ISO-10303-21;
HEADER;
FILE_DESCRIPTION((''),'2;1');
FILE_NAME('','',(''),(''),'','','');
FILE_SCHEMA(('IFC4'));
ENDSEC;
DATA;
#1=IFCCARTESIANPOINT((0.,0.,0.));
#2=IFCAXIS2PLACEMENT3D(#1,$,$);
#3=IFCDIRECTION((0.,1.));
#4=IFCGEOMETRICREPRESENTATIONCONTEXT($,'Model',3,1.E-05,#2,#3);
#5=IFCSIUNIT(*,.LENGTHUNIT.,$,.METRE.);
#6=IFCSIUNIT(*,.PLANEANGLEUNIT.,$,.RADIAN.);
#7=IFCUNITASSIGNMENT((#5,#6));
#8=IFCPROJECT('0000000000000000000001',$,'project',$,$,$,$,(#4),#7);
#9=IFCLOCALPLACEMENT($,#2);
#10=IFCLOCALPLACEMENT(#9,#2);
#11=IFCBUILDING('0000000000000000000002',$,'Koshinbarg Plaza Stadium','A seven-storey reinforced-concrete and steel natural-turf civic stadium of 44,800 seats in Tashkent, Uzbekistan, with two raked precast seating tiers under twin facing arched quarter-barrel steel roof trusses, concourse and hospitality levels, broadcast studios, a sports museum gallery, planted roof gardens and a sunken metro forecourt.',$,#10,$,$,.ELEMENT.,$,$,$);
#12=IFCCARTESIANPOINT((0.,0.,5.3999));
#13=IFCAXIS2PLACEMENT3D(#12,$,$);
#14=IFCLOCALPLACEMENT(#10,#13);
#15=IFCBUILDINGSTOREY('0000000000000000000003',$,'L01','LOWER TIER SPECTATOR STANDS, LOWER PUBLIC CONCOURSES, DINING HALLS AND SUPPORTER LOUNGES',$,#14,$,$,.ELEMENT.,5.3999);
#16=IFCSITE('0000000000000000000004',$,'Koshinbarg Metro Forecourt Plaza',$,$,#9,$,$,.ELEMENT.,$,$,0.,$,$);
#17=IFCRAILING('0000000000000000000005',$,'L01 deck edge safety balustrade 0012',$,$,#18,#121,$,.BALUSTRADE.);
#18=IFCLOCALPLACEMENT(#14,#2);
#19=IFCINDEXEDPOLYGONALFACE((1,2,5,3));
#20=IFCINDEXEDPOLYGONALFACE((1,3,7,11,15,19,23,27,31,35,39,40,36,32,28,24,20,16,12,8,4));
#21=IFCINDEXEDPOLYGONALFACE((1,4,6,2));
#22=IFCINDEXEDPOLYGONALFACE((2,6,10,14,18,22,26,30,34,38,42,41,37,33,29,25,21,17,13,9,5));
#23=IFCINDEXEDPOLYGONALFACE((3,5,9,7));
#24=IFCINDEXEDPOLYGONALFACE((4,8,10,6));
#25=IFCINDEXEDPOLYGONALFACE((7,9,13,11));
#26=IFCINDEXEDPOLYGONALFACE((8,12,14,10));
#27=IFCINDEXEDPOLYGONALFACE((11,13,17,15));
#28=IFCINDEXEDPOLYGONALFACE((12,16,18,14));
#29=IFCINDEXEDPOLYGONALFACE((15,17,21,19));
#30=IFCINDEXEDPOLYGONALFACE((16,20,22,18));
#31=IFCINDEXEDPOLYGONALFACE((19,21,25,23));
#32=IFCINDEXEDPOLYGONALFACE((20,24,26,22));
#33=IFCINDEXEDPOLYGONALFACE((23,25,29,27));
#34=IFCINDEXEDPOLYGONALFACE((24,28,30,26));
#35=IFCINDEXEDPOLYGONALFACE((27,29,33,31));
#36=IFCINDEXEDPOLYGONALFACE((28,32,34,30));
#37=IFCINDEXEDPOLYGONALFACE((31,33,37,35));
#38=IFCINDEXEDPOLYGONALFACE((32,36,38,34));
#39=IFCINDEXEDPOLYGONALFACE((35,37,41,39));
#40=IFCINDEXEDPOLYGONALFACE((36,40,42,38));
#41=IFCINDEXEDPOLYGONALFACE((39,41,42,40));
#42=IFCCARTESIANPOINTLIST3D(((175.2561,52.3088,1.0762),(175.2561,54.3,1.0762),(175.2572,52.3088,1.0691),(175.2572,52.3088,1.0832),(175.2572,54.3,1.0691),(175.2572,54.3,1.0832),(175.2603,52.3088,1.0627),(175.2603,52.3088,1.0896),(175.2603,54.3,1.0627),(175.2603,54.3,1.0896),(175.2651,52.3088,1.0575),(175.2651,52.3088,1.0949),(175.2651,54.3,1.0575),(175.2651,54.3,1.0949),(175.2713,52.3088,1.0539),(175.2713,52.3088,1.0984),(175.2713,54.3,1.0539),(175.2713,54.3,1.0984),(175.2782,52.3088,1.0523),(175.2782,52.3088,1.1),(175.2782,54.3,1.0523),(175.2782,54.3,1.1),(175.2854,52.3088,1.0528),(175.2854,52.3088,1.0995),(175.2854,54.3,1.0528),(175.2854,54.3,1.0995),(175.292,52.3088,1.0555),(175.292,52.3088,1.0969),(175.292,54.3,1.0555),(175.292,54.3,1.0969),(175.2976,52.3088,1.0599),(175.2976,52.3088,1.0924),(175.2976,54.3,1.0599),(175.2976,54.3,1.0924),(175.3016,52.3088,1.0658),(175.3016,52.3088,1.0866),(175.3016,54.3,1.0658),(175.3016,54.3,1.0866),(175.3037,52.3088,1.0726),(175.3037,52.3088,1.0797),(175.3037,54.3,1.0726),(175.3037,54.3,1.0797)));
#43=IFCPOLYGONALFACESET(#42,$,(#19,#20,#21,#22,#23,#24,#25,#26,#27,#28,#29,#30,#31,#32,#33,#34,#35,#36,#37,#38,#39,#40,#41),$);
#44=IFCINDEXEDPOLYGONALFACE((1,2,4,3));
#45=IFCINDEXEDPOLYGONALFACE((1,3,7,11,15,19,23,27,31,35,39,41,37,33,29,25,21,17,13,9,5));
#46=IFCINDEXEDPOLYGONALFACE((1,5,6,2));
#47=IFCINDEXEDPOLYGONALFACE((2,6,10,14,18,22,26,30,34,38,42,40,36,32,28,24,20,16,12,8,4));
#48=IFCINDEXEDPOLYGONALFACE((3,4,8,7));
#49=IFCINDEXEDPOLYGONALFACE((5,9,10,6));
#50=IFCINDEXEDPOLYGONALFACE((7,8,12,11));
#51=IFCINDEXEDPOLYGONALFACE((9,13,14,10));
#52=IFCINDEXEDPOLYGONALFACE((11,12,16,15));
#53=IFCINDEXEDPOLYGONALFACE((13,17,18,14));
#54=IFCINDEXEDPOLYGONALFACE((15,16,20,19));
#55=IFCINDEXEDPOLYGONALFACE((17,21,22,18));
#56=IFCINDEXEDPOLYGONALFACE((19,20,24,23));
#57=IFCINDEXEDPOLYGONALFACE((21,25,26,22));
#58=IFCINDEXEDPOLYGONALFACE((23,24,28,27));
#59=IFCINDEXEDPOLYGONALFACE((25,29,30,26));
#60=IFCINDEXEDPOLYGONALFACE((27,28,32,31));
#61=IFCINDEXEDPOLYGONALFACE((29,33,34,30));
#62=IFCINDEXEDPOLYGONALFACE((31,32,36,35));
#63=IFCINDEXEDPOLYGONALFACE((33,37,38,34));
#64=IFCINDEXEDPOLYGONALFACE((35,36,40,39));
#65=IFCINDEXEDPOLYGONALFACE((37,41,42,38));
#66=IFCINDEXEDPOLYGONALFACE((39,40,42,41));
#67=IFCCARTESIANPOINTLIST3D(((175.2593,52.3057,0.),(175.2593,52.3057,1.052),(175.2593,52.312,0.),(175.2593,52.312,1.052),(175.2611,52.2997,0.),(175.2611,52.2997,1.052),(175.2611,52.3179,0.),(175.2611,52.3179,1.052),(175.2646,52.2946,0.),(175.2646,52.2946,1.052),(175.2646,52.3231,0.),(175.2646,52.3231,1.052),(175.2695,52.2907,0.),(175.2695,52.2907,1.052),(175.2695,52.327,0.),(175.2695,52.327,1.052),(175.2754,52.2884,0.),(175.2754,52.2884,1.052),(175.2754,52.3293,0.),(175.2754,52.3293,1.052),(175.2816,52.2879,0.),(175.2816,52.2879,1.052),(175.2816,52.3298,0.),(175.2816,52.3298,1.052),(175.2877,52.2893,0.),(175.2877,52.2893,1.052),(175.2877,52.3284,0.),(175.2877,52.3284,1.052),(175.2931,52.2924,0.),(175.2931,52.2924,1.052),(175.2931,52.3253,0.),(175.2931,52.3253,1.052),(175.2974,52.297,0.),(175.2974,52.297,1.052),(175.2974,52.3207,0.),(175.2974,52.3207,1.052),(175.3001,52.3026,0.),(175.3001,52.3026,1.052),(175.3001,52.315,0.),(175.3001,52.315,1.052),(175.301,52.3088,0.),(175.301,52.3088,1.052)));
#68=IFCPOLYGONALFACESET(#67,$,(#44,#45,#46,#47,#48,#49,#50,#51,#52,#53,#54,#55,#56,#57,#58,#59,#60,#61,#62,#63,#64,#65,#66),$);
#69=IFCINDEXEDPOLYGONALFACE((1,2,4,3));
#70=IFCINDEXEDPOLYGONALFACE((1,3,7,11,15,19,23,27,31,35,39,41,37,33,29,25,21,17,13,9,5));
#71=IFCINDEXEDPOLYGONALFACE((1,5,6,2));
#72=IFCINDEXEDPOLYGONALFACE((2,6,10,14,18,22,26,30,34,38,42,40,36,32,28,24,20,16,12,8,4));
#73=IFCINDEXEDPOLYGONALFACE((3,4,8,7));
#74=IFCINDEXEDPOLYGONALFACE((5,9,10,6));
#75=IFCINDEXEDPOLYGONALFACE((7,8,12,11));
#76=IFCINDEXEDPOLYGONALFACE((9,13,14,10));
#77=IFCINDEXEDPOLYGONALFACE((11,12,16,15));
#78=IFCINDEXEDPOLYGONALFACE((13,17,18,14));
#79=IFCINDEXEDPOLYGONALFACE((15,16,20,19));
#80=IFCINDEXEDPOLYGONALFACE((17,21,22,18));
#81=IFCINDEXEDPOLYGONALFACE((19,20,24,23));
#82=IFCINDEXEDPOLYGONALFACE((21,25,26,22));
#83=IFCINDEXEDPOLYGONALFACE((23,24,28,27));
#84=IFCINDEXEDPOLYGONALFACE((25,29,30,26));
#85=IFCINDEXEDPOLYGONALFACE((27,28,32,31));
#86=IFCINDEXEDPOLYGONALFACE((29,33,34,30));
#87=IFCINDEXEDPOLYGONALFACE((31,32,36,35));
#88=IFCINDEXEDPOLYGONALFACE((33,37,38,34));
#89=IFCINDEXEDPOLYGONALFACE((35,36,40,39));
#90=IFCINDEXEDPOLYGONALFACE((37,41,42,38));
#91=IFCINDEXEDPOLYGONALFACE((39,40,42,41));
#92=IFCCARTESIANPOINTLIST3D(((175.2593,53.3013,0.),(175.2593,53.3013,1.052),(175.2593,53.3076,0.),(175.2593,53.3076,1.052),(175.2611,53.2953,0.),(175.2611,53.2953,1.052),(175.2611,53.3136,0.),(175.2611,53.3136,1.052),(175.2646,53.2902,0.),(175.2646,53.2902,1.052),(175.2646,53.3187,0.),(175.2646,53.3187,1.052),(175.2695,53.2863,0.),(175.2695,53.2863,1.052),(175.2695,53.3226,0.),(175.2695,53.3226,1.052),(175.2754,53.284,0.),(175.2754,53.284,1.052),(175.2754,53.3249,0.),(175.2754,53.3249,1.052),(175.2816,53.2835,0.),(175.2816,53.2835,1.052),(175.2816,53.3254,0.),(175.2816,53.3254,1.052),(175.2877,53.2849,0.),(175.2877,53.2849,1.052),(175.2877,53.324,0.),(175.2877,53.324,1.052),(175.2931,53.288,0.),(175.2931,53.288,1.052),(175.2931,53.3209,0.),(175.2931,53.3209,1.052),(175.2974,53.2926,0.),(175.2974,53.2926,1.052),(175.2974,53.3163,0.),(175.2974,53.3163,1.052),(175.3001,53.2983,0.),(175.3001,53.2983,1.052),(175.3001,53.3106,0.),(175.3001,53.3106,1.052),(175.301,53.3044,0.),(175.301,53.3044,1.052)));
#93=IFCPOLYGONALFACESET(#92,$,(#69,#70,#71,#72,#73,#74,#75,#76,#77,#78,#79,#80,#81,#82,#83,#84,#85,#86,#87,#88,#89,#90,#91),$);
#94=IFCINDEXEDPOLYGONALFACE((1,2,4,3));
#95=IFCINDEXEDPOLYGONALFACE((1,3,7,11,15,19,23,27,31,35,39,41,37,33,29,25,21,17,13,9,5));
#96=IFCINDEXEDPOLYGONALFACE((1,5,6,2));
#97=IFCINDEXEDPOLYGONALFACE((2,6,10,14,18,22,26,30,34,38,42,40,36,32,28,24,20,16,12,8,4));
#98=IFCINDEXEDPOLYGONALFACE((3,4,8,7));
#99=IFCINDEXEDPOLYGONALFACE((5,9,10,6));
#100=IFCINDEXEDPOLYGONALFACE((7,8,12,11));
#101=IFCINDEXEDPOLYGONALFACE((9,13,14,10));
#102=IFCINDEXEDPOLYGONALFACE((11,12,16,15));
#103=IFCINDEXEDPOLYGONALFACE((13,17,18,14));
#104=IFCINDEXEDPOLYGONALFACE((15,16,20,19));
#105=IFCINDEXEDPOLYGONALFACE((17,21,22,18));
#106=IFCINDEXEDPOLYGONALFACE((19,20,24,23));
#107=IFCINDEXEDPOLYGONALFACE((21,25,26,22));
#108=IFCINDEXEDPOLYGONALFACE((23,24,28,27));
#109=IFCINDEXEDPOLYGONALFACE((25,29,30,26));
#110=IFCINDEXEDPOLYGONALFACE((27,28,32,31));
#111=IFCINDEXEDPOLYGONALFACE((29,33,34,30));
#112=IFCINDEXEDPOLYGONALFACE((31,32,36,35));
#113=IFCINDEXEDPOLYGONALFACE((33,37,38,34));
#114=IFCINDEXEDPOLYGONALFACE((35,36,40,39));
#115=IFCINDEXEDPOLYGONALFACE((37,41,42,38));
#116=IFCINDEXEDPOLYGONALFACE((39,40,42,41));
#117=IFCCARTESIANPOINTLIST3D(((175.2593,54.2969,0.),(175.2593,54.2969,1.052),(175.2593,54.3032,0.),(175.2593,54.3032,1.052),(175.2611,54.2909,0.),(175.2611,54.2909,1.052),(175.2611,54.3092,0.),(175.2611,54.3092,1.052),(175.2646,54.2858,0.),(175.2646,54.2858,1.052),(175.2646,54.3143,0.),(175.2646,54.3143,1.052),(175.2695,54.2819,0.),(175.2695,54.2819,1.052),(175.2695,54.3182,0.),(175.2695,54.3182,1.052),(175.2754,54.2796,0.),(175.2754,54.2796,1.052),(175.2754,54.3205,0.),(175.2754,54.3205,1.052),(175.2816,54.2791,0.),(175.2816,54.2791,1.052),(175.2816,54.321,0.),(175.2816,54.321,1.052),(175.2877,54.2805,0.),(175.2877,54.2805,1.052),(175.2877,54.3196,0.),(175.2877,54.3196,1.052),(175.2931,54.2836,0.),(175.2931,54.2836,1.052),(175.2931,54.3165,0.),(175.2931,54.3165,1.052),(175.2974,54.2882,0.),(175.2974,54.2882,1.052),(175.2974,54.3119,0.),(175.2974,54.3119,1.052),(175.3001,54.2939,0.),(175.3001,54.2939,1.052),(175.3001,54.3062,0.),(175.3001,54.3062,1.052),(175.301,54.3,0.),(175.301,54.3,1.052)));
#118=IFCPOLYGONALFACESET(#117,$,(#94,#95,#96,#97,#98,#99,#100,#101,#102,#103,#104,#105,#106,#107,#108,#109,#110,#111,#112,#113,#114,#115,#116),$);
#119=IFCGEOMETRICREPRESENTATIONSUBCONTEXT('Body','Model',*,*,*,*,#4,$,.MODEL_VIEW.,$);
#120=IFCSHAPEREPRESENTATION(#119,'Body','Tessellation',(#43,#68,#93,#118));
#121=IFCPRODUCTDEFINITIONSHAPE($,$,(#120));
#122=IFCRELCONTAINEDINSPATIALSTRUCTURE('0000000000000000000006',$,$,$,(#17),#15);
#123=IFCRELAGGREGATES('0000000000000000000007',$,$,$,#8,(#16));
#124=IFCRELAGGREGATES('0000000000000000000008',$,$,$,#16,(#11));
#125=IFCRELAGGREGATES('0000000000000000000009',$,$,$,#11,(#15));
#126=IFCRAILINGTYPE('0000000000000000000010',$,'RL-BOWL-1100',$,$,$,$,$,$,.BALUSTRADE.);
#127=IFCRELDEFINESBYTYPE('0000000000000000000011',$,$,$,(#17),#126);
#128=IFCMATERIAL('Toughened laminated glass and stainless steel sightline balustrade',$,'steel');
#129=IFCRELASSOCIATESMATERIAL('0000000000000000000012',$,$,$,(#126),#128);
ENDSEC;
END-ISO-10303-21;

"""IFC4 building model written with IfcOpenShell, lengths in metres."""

from ifc_helpers import new_model, si_unit, direction, frame, origin, origin_2d, place, context, subcontext, project, spatial, circle, extrude, material, type_object, element, save


model = new_model("IFC4")

# Units and contexts
model_context = context("Model", 3, precision=1e-05, world=origin(), true_north=direction((0.0, 1.0)))
body_context = subcontext(model_context, "Body", "Model", "MODEL_VIEW")
ifc_project = project(units=[si_unit("LENGTHUNIT", "METRE"), si_unit("PLANEANGLEUNIT", "RADIAN")], contexts=[model_context])

# Site, building, storey
site_placement = place(None, origin())
site = spatial("IfcSite", under=ifc_project, at=site_placement, Name="Koshinbarg Metro Forecourt Plaza", CompositionType="ELEMENT", RefElevation=0.0)
building_placement = place(site_placement, origin())
building = spatial("IfcBuilding", under=site, at=building_placement, Name="Koshinbarg Plaza Stadium", Description="A seven-storey reinforced-concrete and steel natural-turf civic stadium of 44,800 seats in Tashkent, Uzbekistan, with two raked precast seating tiers under twin facing arched quarter-barrel steel roof trusses, concourse and hospitality levels, broadcast studios, a sports museum gallery, planted roof gardens and a sunken metro forecourt.", CompositionType="ELEMENT")
storey_placement = place(building_placement, frame((0.0, 0.0, 5.3999)))
storey = spatial("IfcBuildingStorey", under=building, at=storey_placement, Name="L01", Description="LOWER TIER SPECTATOR STANDS, LOWER PUBLIC CONCOURSES, DINING HALLS AND SUPPORTER LOUNGES", CompositionType="ELEMENT", Elevation=5.3999)

# Railing
ifc_material_1 = material(Name="Toughened laminated glass and stainless steel sightline balustrade", Category="steel")
railing_type_1 = type_object("IfcRailingType", Name="RL-BOWL-1100", PredefinedType="BALUSTRADE", material=ifc_material_1)
railing_1_placement = place(storey_placement, frame((175.28, 52.3088, 0.0)))
element("IfcRailing", 1, at=railing_1_placement, inside=storey, type_object=railing_type_1, Name="L01 deck edge safety balustrade 0012", PredefinedType="BALUSTRADE", context=body_context, shape_type="SweptSolid", body=[
    extrude(circle(Radius=0.0239, at=origin_2d()), frame((0.0, 0.0, 1.0762), z_axis=(0.0, 1.0, 0.0), x_axis=(-1.0, 0.0, 0.0)), (0.0, 0.0, 1.0), 1.9912),
    extrude(circle(Radius=0.021, at=origin_2d()), origin(), (0.0, 0.0, 1.0), 1.052),
    extrude(circle(Radius=0.021, at=origin_2d()), frame((0.0, 0.9956, 0.0)), (0.0, 0.0, 1.0), 1.052),
    extrude(circle(Radius=0.021, at=origin_2d()), frame((0.0, 1.9912, 0.0)), (0.0, 0.0, 1.0), 1.052),
])

save(model, "model.ifc")
